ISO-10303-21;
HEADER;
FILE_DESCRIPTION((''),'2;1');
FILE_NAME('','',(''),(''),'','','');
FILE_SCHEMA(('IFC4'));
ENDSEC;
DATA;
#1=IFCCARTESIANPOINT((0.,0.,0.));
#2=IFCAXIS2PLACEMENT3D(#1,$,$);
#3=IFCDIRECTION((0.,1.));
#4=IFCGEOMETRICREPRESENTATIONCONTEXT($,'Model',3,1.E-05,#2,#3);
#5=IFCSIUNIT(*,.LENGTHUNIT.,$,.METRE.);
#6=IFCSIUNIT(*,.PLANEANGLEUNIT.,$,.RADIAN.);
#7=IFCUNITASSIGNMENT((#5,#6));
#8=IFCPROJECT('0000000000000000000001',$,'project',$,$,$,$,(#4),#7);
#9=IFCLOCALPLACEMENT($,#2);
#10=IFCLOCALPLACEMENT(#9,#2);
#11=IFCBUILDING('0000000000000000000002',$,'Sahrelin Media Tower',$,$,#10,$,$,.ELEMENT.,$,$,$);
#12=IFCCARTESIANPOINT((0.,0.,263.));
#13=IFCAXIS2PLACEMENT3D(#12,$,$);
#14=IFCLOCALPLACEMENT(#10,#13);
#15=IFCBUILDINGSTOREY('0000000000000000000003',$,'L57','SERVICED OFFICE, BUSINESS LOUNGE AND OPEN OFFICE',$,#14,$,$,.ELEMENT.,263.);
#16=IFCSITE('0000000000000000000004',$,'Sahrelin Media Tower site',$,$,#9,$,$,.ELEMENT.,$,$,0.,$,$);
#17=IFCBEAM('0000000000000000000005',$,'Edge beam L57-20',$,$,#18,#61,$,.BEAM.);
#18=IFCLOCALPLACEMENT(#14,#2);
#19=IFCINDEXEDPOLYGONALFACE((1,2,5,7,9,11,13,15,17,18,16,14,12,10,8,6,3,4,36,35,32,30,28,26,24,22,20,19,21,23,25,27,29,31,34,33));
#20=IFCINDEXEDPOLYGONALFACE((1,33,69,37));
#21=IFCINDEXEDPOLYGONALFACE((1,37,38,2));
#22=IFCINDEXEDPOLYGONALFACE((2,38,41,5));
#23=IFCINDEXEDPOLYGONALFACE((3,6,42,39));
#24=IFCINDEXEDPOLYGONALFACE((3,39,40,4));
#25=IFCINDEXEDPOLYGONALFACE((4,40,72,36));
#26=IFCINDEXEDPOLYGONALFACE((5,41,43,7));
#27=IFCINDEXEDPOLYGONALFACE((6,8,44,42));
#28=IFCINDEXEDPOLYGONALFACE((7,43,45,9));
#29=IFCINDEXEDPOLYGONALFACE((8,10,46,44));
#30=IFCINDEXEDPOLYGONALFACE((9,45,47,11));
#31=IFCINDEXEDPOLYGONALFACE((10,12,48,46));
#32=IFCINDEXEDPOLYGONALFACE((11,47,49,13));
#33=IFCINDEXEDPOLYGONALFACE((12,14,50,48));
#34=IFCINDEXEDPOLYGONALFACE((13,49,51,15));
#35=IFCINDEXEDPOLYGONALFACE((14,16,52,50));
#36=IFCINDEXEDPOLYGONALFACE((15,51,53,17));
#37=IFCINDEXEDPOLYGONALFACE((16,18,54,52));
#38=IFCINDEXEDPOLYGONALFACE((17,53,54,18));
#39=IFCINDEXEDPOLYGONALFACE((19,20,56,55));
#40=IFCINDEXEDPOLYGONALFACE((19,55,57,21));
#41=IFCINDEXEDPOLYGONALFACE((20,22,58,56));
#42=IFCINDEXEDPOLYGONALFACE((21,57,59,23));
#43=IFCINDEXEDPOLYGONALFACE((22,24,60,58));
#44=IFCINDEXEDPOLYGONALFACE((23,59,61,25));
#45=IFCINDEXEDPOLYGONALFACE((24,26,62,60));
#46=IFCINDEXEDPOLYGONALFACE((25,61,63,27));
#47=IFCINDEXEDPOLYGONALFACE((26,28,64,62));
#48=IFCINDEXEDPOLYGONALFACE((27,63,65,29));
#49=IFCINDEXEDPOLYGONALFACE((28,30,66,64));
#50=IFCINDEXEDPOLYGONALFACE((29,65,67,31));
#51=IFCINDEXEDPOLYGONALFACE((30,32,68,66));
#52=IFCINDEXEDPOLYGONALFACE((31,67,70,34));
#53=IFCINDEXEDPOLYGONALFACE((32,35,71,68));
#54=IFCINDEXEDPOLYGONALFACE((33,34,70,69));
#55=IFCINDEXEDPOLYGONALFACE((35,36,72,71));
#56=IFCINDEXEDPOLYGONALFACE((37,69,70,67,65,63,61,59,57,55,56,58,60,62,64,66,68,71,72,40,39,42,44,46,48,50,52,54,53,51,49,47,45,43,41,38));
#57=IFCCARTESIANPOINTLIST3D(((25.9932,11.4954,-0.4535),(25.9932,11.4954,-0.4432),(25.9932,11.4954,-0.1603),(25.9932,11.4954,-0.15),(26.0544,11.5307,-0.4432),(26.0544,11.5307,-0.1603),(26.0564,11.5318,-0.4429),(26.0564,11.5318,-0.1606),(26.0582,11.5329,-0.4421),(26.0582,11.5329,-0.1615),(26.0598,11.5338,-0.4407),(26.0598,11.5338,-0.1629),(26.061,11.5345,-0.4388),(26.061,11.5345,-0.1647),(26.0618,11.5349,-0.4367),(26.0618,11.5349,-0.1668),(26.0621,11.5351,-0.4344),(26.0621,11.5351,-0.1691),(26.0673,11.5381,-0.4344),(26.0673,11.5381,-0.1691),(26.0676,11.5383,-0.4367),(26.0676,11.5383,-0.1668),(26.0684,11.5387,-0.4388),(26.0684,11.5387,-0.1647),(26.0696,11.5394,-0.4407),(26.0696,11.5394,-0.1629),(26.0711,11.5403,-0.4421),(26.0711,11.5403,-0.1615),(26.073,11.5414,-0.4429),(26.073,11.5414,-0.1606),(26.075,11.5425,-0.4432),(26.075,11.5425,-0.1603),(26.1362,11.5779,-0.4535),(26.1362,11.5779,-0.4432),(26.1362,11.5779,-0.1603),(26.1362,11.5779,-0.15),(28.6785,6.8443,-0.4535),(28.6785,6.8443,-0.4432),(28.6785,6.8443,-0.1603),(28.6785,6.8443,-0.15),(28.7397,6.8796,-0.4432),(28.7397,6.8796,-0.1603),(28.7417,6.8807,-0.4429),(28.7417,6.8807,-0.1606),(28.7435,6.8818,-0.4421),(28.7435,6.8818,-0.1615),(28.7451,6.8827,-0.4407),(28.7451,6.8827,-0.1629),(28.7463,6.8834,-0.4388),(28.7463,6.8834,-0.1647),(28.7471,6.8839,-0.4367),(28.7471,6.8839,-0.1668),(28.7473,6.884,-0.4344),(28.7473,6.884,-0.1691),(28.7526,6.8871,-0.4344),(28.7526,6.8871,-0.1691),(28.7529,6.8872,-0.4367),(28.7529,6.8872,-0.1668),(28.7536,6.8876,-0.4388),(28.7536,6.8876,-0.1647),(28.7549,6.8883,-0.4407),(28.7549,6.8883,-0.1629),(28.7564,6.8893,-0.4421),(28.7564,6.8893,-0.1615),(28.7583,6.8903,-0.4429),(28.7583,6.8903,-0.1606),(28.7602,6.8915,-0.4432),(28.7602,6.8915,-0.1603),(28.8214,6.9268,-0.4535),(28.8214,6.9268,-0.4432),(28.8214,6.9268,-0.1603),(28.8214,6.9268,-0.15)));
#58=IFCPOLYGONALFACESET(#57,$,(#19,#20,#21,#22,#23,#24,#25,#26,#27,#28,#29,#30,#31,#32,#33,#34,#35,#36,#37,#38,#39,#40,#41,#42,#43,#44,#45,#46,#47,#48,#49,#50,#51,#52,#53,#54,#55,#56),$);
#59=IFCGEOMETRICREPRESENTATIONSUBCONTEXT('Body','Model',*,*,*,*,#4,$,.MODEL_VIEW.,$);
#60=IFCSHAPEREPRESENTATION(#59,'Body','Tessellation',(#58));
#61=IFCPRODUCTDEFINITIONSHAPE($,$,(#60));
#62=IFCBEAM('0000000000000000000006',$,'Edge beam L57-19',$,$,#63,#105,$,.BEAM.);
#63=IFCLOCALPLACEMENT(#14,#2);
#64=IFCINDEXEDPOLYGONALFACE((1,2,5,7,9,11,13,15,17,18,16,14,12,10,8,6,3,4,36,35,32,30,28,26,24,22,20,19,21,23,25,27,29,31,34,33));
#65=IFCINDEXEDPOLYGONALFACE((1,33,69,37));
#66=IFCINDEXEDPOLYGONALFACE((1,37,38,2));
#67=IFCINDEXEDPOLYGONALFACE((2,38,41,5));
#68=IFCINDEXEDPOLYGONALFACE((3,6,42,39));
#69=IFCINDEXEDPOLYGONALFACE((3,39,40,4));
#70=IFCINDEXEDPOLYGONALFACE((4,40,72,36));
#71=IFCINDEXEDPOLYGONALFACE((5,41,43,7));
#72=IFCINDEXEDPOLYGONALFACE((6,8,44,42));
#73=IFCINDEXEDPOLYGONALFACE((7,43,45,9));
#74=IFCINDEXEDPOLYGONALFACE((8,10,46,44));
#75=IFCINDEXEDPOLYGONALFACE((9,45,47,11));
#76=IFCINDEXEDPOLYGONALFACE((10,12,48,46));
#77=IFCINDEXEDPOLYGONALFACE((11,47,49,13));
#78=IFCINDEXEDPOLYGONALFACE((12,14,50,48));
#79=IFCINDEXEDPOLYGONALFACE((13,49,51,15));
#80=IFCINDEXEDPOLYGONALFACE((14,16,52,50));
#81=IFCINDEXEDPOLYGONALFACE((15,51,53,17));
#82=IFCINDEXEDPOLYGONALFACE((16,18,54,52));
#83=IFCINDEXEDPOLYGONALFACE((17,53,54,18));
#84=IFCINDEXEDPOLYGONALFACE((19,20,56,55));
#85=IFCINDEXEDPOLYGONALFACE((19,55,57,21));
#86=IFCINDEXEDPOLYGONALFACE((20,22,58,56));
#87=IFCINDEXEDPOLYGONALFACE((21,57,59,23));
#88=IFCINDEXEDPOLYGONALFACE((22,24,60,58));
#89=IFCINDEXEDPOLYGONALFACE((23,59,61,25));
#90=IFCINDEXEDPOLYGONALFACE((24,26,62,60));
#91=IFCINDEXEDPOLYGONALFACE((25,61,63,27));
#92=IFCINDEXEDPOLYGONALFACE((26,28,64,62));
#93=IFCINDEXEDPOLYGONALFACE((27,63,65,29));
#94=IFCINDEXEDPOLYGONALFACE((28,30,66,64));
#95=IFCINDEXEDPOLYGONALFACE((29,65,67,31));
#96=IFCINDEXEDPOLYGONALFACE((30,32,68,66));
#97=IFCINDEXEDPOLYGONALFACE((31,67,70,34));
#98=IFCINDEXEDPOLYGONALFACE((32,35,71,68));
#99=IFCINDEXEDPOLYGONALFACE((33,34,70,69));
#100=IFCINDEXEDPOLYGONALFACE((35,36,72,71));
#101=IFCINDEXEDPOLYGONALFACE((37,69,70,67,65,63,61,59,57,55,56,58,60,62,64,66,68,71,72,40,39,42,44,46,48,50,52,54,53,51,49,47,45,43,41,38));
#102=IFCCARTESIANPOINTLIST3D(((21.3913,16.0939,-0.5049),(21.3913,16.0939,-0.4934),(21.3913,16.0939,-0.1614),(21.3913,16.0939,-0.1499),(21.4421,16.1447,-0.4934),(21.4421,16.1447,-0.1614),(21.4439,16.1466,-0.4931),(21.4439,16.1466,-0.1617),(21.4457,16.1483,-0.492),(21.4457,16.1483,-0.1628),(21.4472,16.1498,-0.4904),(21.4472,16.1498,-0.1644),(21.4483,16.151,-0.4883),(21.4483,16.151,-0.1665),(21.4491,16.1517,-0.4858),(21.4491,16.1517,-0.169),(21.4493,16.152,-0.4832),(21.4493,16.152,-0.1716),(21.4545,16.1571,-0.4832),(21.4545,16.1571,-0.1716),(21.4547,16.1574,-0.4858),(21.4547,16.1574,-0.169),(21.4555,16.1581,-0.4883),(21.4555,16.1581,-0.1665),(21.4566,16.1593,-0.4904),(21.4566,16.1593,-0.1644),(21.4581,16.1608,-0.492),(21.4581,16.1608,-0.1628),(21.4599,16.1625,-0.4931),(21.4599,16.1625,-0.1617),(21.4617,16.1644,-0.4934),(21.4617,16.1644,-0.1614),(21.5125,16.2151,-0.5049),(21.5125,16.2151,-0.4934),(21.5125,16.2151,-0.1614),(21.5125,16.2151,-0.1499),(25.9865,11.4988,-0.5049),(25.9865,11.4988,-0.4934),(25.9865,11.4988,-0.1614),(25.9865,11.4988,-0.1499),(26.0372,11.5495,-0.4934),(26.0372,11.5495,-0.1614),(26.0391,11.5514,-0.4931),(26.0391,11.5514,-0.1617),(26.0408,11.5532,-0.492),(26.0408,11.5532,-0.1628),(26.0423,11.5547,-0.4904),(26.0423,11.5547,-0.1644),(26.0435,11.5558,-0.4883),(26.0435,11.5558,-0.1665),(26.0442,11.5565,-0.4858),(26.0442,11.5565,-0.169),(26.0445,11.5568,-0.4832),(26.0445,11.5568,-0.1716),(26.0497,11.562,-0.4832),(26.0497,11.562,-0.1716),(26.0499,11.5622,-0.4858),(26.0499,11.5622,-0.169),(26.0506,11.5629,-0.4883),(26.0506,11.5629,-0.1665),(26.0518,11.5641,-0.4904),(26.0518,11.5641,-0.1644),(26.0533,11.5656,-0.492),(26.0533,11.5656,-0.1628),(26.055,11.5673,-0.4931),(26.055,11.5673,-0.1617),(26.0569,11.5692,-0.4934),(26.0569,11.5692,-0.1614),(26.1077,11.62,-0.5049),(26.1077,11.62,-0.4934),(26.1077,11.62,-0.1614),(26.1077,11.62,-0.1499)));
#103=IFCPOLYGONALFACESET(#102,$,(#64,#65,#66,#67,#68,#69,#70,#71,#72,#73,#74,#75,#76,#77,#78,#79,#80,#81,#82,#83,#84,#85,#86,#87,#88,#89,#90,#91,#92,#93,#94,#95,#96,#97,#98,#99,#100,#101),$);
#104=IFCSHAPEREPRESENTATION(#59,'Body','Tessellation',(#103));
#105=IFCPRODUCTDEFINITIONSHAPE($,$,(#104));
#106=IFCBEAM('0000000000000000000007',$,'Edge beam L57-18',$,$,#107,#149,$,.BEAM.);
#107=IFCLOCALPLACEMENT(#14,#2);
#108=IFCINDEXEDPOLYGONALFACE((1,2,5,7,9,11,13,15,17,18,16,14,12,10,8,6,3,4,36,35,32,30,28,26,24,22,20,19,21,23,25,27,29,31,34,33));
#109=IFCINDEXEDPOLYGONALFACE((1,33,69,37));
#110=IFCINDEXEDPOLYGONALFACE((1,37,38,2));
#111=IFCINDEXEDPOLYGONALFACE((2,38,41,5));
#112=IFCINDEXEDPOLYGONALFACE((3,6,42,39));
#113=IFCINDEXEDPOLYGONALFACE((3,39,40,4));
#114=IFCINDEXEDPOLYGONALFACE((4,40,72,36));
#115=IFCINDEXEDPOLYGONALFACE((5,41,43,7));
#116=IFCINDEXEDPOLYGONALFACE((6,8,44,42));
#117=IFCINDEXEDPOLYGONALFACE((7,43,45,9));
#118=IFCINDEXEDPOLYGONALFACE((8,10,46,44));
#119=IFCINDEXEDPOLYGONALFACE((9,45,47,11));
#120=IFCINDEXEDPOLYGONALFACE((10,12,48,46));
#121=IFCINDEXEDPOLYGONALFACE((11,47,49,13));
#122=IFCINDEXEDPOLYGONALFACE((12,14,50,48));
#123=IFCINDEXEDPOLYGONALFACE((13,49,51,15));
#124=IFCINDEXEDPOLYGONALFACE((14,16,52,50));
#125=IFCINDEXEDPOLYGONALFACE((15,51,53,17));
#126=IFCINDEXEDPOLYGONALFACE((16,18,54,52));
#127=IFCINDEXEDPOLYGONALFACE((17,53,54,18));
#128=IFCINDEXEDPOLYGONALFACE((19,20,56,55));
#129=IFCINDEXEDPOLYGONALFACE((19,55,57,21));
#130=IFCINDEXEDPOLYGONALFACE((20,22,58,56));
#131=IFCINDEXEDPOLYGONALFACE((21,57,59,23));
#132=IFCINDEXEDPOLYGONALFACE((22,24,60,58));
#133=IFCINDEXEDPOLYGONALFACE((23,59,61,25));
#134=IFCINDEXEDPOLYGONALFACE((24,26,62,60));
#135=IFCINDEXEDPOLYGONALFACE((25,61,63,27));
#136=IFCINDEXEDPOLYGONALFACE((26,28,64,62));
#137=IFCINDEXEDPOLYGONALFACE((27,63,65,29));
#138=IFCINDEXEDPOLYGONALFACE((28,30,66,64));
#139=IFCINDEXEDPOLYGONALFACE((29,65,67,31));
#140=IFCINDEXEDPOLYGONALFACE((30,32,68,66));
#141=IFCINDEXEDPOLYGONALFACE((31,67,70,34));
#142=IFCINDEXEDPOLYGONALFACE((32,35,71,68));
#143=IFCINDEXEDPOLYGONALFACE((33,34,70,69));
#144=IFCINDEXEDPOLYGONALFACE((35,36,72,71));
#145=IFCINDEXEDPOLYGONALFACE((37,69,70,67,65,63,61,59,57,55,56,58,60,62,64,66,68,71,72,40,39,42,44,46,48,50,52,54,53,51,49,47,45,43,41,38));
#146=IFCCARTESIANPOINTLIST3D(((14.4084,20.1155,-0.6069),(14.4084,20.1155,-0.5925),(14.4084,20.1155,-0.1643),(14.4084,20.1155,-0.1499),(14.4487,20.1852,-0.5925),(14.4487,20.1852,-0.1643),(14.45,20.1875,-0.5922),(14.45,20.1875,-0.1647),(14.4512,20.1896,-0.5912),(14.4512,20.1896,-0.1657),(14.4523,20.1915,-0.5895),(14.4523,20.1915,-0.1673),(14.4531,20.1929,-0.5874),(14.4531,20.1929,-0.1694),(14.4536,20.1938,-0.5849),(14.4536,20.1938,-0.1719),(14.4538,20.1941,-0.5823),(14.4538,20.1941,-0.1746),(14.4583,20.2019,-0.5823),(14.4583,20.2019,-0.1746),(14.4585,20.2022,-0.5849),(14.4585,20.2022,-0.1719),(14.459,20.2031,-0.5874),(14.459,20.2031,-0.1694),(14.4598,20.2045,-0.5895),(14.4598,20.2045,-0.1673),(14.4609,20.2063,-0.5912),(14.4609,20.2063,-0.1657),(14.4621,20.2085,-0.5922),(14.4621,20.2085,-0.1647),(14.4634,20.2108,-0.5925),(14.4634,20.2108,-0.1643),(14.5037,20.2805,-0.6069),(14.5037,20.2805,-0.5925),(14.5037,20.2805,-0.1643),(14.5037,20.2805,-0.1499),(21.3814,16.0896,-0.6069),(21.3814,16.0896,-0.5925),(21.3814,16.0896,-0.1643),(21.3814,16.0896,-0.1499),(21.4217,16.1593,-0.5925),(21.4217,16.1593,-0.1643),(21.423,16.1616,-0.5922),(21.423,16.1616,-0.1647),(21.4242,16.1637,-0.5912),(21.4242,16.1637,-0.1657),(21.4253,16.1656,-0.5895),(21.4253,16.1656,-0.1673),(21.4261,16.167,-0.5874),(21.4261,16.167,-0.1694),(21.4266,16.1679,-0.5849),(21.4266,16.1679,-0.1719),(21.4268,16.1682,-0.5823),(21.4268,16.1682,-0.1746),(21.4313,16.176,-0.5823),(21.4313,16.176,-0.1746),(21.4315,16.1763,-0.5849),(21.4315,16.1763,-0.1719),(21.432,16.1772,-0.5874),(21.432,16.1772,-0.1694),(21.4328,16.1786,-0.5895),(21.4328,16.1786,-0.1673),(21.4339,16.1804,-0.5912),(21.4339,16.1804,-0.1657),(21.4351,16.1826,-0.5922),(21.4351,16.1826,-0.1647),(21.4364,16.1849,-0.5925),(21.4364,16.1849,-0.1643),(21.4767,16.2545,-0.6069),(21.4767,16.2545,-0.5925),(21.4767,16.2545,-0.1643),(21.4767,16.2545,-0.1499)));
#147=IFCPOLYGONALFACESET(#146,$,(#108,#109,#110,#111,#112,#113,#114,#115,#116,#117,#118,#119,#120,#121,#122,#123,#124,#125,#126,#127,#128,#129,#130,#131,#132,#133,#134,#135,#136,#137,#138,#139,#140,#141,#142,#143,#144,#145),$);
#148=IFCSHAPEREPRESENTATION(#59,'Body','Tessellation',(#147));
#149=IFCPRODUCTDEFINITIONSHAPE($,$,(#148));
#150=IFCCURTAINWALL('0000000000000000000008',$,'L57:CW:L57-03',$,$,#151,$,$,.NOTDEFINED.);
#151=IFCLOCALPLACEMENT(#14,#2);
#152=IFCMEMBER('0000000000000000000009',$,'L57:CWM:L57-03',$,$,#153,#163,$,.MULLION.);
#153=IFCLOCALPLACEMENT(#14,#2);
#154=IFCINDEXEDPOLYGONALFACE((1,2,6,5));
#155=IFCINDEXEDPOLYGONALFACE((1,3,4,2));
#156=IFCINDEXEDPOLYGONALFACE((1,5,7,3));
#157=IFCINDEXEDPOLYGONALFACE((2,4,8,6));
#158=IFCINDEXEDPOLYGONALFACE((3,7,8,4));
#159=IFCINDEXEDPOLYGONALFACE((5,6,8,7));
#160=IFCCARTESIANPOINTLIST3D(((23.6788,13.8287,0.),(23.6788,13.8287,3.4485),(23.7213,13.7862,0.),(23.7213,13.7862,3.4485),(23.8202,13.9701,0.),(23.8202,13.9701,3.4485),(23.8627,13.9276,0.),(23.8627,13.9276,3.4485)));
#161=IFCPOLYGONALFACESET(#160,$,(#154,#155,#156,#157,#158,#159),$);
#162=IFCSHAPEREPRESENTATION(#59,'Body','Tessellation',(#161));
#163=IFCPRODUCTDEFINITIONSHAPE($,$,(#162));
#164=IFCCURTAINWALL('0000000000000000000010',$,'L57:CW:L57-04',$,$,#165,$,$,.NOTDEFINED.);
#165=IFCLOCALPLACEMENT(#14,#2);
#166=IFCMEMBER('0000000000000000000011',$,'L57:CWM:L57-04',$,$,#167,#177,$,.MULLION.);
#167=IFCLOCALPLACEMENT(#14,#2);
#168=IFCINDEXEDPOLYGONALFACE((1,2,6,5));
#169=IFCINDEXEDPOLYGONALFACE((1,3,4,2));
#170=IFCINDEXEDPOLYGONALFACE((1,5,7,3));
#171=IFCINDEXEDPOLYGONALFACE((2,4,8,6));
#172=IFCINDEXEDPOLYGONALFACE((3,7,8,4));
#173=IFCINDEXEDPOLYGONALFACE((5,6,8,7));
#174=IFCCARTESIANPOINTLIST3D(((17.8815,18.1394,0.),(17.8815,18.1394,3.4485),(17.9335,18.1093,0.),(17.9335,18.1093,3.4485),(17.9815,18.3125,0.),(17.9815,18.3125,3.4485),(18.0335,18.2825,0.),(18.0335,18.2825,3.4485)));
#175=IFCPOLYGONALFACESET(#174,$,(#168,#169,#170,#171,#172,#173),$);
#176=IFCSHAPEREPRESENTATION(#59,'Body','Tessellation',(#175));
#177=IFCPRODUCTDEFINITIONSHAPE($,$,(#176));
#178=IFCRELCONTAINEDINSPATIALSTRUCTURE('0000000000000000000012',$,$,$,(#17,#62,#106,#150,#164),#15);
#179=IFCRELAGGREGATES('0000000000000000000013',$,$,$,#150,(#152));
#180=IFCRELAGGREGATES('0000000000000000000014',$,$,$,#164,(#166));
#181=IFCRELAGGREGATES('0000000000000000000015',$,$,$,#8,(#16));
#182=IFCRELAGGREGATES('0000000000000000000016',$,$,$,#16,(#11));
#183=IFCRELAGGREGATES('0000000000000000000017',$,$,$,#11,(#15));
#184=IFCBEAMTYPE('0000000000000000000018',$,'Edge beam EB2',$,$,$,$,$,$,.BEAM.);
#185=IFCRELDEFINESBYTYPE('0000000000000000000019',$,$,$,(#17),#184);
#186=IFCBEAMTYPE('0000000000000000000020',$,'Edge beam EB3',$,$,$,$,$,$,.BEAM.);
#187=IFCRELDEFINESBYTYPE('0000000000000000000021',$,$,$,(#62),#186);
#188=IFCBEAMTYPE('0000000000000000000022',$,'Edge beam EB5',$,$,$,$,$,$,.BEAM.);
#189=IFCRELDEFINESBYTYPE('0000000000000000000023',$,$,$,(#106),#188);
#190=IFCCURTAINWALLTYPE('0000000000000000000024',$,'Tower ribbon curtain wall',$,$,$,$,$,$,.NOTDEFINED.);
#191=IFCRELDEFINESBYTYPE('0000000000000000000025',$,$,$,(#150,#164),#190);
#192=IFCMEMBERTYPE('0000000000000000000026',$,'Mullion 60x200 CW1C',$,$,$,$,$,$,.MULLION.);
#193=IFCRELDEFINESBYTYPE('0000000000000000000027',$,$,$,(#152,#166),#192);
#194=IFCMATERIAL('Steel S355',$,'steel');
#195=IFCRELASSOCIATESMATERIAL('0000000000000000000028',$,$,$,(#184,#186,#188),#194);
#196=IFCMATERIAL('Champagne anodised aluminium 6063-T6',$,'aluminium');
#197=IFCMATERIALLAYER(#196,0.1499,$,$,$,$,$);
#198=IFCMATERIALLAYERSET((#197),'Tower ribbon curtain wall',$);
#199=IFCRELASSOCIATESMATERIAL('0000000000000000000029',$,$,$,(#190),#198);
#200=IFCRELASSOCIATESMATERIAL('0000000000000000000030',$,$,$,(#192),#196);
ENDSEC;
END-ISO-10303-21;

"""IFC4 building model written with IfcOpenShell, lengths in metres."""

from ifc_helpers import new_model, si_unit, direction, frame, origin, origin_2d, place, context, subcontext, project, spatial, rectangle, i_section, extrude, material, layer, layer_set, material_profile, profile_set, type_object, element, aggregate, save


model = new_model("IFC4")

# Units and contexts
model_context = context("Model", 3, precision=1e-05, world=origin(), true_north=direction((0.0, 1.0)))
body_context = subcontext(model_context, "Body", "Model", "MODEL_VIEW")
ifc_project = project(units=[si_unit("LENGTHUNIT", "METRE"), si_unit("PLANEANGLEUNIT", "RADIAN")], contexts=[model_context])

# Site, building, storey
site_placement = place(None, origin())
site = spatial("IfcSite", under=ifc_project, at=site_placement, Name="Sahrelin Media Tower site", CompositionType="ELEMENT", RefElevation=0.0)
building_placement = place(site_placement, origin())
building = spatial("IfcBuilding", under=site, at=building_placement, Name="Sahrelin Media Tower", CompositionType="ELEMENT")
storey_placement = place(building_placement, frame((0.0, 0.0, 263.0)))
storey = spatial("IfcBuildingStorey", under=building, at=storey_placement, Name="L57", Description="SERVICED OFFICE, BUSINESS LOUNGE AND OPEN OFFICE", CompositionType="ELEMENT", Elevation=263.0)

# Beams
ifc_material_1 = material(Name="Steel S355", Category="steel")
ifc_material_profile_1 = material_profile(ifc_material_1, i_section(OverallWidth=0.165, OverallDepth=0.3035, WebThickness=0.0061, FlangeThickness=0.0103, FilletRadius=0.0088, at=origin_2d()), Name="UB 305x165x40")
ifc_profile_set_1 = profile_set([ifc_material_profile_1], Name="Steel S355")
beam_type_1 = type_object("IfcBeamType", Name="Edge beam EB2", PredefinedType="BEAM", material=ifc_profile_set_1)
beam_1_placement = place(storey_placement, frame((26.0647, 11.5366, -0.3018), z_axis=(0.499997, -0.866027, 0.0), x_axis=(0.866027, 0.499997, 0.0)))
element("IfcBeam", 1, at=beam_1_placement, inside=storey, type_object=beam_type_1, Name="Edge beam L57-20", PredefinedType="BEAM", context=body_context, shape_type="SweptSolid", body=[
    extrude(i_section(OverallWidth=0.165, OverallDepth=0.3035, WebThickness=0.0061, FlangeThickness=0.0103, FilletRadius=0.0088, at=origin_2d()), origin(), (0.0, 0.0, 1.0), 5.3706),
])
ifc_material_profile_2 = material_profile(ifc_material_1, i_section(OverallWidth=0.1714, OverallDepth=0.355, WebThickness=0.0073, FlangeThickness=0.0115, FilletRadius=0.0103, at=origin_2d()), Name="UB 356x171x51")
ifc_profile_set_2 = profile_set([ifc_material_profile_2], Name="Steel S355")
beam_type_2 = type_object("IfcBeamType", Name="Edge beam EB3", PredefinedType="BEAM", material=ifc_profile_set_2)
beam_2_placement = place(storey_placement, frame((21.4519, 16.1545, -0.3274), z_axis=(0.707107, -0.707107, 0.0), x_axis=(0.707107, 0.707107, 0.0)))
element("IfcBeam", 2, at=beam_2_placement, inside=storey, type_object=beam_type_2, Name="Edge beam L57-19", PredefinedType="BEAM", context=body_context, shape_type="SweptSolid", body=[
    extrude(i_section(OverallWidth=0.1714, OverallDepth=0.355, WebThickness=0.0073, FlangeThickness=0.0115, FilletRadius=0.0103, at=origin_2d()), origin(), (0.0, 0.0, 1.0), 6.4985),
])
ifc_material_profile_3 = material_profile(ifc_material_1, i_section(OverallWidth=0.1904, OverallDepth=0.457, WebThickness=0.009, FlangeThickness=0.0144, FilletRadius=0.0103, at=origin_2d()), Name="UB 457x191x74")
ifc_profile_set_3 = profile_set([ifc_material_profile_3], Name="Steel S355")
beam_type_3 = type_object("IfcBeamType", Name="Edge beam EB5", PredefinedType="BEAM", material=ifc_profile_set_3)
beam_3_placement = place(storey_placement, frame((14.4561, 20.198, -0.3784), z_axis=(0.866021, -0.500007, 0.0), x_axis=(0.500007, 0.866021, 0.0)))
element("IfcBeam", 3, at=beam_3_placement, inside=storey, type_object=beam_type_3, Name="Edge beam L57-18", PredefinedType="BEAM", context=body_context, shape_type="SweptSolid", body=[
    extrude(i_section(OverallWidth=0.1904, OverallDepth=0.457, WebThickness=0.009, FlangeThickness=0.0144, FilletRadius=0.0103, at=origin_2d()), origin(), (0.0, 0.0, 1.0), 8.0518),
])

# Curtain walls, members
ifc_material_2 = material(Name="Champagne anodised aluminium 6063-T6", Category="aluminium")
ifc_layer_1 = layer(ifc_material_2, 0.1499)
ifc_layer_set_1 = layer_set([ifc_layer_1], Name="Tower ribbon curtain wall")
curtain_wall_type = type_object("IfcCurtainWallType", Name="Tower ribbon curtain wall", PredefinedType="NOTDEFINED", material=ifc_layer_set_1)
curtain_wall_1_placement = place(storey_placement, frame((23.8555, 13.9629, 0.0), z_axis=(0.0, 0.0, 1.0), x_axis=(1.0, 0.0, 0.0)))
curtain_wall_1 = element("IfcCurtainWall", 4, at=curtain_wall_1_placement, inside=storey, type_object=curtain_wall_type, Name="L57:CW:L57-03", PredefinedType="NOTDEFINED")
ifc_material_profile_4 = material_profile(ifc_material_2, rectangle(XDim=0.0601, YDim=0.2, at=origin_2d()), Name="Mullion 60x200")
ifc_profile_set_4 = profile_set([ifc_material_profile_4], Name="Champagne anodised aluminium 6063-T6")
member_type_1 = type_object("IfcMemberType", Name="Mullion 60x200 CW1C", PredefinedType="MULLION", material=ifc_profile_set_4)
member_1_placement = place(storey_placement, frame((23.7708, 13.8782, 0.0), z_axis=(0.0, 0.0, 1.0), x_axis=(-0.707107, 0.707107, 0.0)))
member_1 = element("IfcMember", 5, at=member_1_placement, type_object=member_type_1, Name="L57:CWM:L57-03", PredefinedType="MULLION", context=body_context, shape_type="SweptSolid", body=[
    extrude(rectangle(XDim=0.0601, YDim=0.2, at=origin_2d()), origin(), (0.0, 0.0, 1.0), 3.4485),
])
curtain_wall_2_placement = place(storey_placement, frame((18.0176, 18.3149, 0.0), z_axis=(0.0, 0.0, 1.0), x_axis=(1.0, 0.0, 0.0)))
curtain_wall_2 = element("IfcCurtainWall", 6, at=curtain_wall_2_placement, inside=storey, type_object=curtain_wall_type, Name="L57:CW:L57-04", PredefinedType="NOTDEFINED")
member_2_placement = place(storey_placement, frame((17.9575, 18.2109, 0.0), z_axis=(0.0, 0.0, 1.0), x_axis=(-0.866029, 0.499994, 0.0)))
member_2 = element("IfcMember", 7, at=member_2_placement, type_object=member_type_1, Name="L57:CWM:L57-04", PredefinedType="MULLION", context=body_context, shape_type="SweptSolid", body=[
    extrude(rectangle(XDim=0.0601, YDim=0.2, at=origin_2d()), origin(), (0.0, 0.0, 1.0), 3.4485),
])

aggregate(curtain_wall_1, [member_1])
aggregate(curtain_wall_2, [member_2])

save(model, "model.ifc")
